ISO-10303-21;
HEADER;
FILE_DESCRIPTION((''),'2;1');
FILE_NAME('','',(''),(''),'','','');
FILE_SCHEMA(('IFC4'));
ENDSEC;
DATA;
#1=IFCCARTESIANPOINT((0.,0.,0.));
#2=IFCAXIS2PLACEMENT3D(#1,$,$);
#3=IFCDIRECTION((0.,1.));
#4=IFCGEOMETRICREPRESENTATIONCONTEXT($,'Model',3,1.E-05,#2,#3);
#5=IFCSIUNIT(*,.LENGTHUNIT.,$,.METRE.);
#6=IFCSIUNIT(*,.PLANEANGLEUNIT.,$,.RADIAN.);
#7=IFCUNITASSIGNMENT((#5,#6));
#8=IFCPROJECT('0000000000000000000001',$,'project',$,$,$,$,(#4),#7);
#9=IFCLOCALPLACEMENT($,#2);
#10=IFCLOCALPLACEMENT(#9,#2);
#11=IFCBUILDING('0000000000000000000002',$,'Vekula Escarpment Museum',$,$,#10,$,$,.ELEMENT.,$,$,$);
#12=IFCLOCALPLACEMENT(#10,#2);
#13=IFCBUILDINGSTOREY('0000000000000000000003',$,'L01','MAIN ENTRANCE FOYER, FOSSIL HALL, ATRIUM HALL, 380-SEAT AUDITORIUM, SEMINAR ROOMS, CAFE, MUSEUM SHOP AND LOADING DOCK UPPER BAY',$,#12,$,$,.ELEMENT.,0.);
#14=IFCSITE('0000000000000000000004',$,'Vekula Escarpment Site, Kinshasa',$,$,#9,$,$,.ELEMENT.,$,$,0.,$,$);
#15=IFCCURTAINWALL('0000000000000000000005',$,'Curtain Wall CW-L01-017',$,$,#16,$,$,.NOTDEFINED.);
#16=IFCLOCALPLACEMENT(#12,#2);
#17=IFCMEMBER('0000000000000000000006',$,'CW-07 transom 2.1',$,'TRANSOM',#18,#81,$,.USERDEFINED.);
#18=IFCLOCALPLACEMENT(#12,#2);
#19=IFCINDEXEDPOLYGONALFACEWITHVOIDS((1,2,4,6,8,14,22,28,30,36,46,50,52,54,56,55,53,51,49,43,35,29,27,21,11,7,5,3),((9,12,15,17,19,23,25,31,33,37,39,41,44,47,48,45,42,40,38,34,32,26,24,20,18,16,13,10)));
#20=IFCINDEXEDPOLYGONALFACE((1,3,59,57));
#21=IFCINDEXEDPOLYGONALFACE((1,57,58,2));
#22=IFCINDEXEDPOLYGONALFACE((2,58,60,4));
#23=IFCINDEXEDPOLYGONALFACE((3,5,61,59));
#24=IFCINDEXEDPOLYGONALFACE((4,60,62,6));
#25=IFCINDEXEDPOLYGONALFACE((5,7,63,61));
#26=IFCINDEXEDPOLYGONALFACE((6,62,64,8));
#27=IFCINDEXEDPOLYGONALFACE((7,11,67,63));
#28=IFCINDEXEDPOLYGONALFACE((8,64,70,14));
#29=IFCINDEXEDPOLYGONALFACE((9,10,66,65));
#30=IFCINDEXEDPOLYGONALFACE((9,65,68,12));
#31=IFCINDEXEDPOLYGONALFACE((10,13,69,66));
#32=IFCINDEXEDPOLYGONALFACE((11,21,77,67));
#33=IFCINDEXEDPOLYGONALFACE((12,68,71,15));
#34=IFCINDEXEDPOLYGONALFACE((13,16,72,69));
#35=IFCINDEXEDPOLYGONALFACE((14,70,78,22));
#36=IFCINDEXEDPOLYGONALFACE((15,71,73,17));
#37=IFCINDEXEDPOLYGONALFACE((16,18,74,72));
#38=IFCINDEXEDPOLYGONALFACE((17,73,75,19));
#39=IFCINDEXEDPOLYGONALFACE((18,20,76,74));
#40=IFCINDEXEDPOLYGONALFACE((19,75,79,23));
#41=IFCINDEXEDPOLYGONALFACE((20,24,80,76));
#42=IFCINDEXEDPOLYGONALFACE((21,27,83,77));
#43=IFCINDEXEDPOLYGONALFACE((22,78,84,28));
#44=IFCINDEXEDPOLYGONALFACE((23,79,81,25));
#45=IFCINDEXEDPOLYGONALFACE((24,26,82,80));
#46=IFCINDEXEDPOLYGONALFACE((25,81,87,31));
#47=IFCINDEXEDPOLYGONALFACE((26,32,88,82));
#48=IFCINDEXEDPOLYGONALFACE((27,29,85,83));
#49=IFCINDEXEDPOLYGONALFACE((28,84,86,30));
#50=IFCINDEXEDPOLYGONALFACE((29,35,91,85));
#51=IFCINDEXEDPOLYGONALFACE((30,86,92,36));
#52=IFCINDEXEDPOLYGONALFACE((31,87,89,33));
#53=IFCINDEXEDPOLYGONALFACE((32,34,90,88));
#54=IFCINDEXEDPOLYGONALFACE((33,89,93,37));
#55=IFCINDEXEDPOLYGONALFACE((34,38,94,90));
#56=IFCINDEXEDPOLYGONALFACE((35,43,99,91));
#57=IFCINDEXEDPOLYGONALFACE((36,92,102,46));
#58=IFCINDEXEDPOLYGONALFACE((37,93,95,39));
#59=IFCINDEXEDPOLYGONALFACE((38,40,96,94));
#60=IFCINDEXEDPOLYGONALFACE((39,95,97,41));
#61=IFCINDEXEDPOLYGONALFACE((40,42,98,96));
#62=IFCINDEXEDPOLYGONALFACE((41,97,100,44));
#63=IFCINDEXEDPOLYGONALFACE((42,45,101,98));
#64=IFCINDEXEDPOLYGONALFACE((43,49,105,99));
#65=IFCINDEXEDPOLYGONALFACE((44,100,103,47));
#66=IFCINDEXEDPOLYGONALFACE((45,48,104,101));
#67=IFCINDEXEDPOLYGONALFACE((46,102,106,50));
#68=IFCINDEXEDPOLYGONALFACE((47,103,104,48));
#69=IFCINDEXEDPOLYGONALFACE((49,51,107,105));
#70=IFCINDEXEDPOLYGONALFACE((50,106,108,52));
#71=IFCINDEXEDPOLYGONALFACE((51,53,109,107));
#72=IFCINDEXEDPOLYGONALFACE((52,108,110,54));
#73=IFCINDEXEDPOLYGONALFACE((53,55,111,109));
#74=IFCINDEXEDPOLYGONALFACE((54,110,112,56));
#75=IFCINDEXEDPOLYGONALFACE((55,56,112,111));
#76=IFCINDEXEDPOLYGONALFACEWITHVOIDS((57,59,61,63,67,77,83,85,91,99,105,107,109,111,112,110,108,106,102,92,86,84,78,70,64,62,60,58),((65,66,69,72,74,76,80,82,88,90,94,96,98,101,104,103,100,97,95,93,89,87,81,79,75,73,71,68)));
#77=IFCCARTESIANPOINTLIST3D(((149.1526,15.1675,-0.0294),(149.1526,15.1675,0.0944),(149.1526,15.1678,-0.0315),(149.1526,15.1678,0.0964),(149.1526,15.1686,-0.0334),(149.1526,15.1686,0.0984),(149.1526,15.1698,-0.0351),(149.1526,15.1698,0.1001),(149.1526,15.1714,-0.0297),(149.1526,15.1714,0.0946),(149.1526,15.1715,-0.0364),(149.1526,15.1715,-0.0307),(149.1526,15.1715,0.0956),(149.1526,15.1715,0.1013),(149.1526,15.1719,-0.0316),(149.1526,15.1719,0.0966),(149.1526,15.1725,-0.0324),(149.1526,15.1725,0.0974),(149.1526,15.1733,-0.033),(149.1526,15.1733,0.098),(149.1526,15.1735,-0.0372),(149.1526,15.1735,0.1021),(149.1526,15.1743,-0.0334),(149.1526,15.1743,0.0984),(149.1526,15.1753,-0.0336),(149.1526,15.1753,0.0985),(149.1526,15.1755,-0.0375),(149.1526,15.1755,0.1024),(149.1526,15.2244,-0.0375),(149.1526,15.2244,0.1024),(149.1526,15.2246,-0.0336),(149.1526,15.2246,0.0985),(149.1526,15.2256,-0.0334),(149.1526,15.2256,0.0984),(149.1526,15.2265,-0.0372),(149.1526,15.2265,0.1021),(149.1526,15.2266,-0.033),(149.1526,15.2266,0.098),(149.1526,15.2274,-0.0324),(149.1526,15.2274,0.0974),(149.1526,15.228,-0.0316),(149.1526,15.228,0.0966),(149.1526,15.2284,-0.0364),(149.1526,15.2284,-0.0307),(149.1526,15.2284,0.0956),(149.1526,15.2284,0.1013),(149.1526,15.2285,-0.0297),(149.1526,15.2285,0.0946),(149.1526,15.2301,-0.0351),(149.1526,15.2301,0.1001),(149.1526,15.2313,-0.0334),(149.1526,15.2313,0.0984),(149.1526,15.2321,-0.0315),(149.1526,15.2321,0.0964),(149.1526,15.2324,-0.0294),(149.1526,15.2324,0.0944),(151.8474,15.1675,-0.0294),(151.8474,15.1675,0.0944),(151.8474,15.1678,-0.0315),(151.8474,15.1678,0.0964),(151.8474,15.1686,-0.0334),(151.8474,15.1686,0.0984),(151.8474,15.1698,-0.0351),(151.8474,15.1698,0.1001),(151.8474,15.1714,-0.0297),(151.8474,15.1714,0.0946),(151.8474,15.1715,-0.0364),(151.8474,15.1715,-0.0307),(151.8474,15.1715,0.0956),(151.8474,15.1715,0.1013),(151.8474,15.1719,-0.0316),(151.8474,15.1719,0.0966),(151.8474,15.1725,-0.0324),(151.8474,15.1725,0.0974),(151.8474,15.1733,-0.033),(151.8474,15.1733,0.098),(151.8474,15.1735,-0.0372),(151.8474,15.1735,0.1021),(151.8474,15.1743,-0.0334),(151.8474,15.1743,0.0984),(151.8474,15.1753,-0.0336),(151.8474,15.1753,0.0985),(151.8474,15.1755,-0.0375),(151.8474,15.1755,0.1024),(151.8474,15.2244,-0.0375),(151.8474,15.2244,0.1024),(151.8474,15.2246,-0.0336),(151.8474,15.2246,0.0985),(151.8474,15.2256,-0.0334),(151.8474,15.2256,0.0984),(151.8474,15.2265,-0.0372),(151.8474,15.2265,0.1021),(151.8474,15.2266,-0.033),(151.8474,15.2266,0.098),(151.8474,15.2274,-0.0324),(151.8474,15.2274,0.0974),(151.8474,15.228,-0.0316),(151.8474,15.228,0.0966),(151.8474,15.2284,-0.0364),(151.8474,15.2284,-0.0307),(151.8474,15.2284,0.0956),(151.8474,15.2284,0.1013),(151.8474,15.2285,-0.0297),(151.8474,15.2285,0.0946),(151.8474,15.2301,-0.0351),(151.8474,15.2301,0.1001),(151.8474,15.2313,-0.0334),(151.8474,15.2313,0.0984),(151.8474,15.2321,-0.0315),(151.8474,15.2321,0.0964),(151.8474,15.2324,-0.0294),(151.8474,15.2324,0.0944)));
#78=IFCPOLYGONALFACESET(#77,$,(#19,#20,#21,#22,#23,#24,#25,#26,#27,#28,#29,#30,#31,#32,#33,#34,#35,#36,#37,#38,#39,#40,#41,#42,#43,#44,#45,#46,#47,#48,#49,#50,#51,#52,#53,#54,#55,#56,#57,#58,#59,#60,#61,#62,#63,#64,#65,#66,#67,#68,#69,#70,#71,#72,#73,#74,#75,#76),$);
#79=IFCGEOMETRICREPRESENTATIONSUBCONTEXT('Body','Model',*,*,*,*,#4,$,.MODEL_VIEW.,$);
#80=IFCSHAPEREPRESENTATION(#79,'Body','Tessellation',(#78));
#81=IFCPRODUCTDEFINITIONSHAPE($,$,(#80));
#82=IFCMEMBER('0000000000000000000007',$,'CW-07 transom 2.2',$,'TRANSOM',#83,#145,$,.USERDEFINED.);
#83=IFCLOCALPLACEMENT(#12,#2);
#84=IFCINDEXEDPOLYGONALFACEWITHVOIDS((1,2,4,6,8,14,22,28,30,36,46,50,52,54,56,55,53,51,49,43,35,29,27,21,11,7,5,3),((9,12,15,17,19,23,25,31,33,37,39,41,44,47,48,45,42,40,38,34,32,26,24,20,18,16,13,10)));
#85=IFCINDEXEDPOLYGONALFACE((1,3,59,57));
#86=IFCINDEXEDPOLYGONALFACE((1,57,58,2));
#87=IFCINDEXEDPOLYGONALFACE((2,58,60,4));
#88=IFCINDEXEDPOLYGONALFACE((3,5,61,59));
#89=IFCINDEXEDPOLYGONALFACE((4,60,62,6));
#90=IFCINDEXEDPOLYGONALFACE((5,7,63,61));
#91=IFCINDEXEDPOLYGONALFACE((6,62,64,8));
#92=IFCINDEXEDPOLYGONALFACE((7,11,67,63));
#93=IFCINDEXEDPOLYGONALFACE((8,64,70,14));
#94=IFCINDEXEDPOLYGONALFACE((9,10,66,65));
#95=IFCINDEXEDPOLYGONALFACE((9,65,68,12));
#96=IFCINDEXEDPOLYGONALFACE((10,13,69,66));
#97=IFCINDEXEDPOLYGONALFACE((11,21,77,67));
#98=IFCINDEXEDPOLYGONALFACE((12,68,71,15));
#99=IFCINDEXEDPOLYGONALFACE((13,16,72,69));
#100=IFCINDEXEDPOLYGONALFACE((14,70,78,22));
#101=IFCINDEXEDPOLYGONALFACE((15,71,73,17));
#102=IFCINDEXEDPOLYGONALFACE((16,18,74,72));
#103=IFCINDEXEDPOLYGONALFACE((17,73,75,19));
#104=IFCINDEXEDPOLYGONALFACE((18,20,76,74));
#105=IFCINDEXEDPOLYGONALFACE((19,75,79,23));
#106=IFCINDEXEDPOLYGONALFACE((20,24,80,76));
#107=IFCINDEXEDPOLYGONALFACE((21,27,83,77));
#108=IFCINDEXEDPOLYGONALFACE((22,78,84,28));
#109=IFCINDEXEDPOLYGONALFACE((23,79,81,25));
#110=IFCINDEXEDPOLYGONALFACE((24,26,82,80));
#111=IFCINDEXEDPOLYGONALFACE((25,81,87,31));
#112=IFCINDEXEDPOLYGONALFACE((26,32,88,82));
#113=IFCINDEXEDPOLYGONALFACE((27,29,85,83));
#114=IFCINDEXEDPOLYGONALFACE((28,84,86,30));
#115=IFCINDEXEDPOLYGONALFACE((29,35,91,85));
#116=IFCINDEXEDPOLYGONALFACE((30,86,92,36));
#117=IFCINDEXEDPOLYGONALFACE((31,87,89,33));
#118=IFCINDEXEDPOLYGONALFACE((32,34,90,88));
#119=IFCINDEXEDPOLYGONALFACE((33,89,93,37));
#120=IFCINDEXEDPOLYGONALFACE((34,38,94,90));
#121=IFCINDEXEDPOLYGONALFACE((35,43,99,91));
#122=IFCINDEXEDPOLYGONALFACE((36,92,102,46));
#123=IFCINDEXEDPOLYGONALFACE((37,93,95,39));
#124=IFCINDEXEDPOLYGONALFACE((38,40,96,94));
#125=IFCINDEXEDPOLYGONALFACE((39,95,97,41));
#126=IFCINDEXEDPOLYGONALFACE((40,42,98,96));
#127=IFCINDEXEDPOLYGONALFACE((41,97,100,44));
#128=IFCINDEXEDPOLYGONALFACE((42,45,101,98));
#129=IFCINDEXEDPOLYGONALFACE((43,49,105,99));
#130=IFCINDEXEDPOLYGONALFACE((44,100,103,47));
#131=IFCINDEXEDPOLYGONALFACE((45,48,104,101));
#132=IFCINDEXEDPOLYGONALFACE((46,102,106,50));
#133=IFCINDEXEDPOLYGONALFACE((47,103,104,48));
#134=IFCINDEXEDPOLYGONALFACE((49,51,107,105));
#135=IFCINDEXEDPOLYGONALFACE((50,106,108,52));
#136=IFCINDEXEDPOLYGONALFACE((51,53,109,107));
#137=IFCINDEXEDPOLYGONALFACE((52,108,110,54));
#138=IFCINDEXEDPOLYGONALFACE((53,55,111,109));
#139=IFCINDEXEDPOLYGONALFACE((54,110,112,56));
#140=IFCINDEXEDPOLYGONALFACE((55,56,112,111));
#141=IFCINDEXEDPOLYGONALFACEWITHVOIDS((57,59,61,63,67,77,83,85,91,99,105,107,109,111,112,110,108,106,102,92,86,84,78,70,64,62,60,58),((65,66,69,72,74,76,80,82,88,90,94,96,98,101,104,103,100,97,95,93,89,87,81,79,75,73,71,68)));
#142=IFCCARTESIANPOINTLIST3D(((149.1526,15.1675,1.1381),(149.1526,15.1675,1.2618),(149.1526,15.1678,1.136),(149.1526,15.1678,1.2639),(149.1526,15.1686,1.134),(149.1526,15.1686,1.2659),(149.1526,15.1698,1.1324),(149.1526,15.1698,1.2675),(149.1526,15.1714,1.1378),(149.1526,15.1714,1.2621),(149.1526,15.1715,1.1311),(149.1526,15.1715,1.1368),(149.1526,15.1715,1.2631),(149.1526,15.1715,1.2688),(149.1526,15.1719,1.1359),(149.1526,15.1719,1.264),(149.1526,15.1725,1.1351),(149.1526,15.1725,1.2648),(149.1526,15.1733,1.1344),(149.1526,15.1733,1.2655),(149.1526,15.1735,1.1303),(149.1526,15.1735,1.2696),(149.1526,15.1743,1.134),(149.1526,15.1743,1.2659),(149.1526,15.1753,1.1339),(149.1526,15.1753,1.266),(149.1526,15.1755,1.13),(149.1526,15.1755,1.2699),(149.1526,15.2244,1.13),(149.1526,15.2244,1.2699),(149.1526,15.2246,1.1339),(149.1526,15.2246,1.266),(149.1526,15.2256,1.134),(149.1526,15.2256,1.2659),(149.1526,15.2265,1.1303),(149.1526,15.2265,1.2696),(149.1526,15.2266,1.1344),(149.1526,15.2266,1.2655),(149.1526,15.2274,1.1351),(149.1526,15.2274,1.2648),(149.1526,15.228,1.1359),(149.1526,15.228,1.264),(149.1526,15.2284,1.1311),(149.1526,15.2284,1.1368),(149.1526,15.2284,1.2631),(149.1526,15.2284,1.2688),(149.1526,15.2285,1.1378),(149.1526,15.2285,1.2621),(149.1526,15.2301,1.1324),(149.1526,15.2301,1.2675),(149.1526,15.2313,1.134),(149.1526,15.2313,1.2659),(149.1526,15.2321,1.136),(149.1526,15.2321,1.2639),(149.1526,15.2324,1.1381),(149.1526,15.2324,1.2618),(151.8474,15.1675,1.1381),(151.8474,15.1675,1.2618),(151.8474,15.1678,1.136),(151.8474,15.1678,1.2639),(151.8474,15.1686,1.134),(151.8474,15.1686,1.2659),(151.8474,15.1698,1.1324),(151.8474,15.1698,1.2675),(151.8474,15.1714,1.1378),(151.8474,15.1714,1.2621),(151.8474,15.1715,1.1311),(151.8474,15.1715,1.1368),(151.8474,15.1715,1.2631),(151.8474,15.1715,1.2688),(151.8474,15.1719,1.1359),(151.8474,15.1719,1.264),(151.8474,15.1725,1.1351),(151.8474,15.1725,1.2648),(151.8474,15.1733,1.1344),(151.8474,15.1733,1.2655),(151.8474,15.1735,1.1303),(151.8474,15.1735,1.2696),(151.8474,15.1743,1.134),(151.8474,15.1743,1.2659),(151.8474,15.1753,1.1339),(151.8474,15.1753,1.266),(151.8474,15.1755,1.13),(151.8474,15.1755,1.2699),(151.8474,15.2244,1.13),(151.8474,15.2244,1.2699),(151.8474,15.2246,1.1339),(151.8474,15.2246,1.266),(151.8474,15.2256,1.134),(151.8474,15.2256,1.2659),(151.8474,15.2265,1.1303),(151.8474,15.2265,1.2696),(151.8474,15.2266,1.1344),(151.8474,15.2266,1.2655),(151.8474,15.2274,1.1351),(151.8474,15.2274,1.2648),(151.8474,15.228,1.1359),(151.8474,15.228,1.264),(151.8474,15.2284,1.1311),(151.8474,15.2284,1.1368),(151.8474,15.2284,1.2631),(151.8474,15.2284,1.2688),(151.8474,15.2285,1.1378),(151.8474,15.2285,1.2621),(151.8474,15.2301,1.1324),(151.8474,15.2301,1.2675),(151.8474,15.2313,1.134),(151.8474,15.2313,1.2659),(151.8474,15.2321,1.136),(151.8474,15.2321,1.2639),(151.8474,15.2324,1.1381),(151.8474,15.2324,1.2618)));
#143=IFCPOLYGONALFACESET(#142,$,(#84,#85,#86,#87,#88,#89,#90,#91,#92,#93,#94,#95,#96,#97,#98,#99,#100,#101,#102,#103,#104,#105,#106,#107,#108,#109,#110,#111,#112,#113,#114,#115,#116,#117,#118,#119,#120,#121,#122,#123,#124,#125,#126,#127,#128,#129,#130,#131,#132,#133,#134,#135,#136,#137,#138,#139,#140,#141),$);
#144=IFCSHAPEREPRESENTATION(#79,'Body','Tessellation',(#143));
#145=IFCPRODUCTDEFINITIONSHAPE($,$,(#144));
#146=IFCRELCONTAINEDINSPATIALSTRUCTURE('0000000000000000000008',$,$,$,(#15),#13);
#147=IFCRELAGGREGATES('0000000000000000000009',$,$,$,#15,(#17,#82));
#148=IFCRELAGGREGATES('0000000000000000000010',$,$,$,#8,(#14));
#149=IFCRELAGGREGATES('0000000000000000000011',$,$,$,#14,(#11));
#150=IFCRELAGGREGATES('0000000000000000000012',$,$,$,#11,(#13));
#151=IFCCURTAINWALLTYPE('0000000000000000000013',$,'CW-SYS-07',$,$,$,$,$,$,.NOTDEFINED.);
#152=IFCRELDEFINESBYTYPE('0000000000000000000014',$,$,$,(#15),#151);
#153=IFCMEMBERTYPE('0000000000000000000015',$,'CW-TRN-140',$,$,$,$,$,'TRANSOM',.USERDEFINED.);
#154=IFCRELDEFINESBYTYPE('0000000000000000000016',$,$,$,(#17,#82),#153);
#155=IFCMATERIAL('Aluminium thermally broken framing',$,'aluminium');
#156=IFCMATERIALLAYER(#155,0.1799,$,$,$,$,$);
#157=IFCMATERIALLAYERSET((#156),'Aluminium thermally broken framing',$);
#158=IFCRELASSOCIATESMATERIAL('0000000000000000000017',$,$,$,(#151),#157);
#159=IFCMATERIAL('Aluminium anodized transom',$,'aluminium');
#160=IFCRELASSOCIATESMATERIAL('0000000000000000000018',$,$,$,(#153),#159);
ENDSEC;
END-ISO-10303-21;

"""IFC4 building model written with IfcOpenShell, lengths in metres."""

from ifc_helpers import new_model, si_unit, direction, frame, origin, origin_2d, place, context, subcontext, project, spatial, hollow_rectangle, extrude, material, layer, layer_set, material_profile, profile_set, type_object, element, aggregate, save


model = new_model("IFC4")

# Units and contexts
model_context = context("Model", 3, precision=1e-05, world=origin(), true_north=direction((0.0, 1.0)))
body_context = subcontext(model_context, "Body", "Model", "MODEL_VIEW")
ifc_project = project(units=[si_unit("LENGTHUNIT", "METRE"), si_unit("PLANEANGLEUNIT", "RADIAN")], contexts=[model_context])

# Site, building, storey
site_placement = place(None, origin())
site = spatial("IfcSite", under=ifc_project, at=site_placement, Name="Vekula Escarpment Site, Kinshasa", CompositionType="ELEMENT", RefElevation=0.0)
building_placement = place(site_placement, origin())
building = spatial("IfcBuilding", under=site, at=building_placement, Name="Vekula Escarpment Museum", CompositionType="ELEMENT")
storey_placement = place(building_placement, origin())
storey = spatial("IfcBuildingStorey", under=building, at=storey_placement, Name="L01", Description="MAIN ENTRANCE FOYER, FOSSIL HALL, ATRIUM HALL, 380-SEAT AUDITORIUM, SEMINAR ROOMS, CAFE, MUSEUM SHOP AND LOADING DOCK UPPER BAY", CompositionType="ELEMENT", Elevation=0.0)

# Curtain wall
ifc_material_1 = material(Name="Aluminium thermally broken framing", Category="aluminium")
ifc_layer_1 = layer(ifc_material_1, 0.1799)
ifc_layer_set_1 = layer_set([ifc_layer_1], Name="Aluminium thermally broken framing")
curtain_wall_type_1 = type_object("IfcCurtainWallType", Name="CW-SYS-07", PredefinedType="NOTDEFINED", material=ifc_layer_set_1)
curtain_wall_1_placement = place(storey_placement, origin())
curtain_wall_1 = element("IfcCurtainWall", 1, at=curtain_wall_1_placement, inside=storey, type_object=curtain_wall_type_1, Name="Curtain Wall CW-L01-017", PredefinedType="NOTDEFINED")

# Members
ifc_material_2 = material(Name="Aluminium anodized transom", Category="aluminium")
ifc_material_profile_1 = material_profile(ifc_material_2, hollow_rectangle(XDim=0.0649, YDim=0.1399, WallThickness=0.0039, InnerFilletRadius=0.0039, OuterFilletRadius=0.0081, at=origin_2d()), Name="ALU 140x65x4")
ifc_profile_set_1 = profile_set([ifc_material_profile_1], Name="Aluminium anodized transom")
member_type_1 = type_object("IfcMemberType", Name="CW-TRN-140", ElementType="TRANSOM", PredefinedType="USERDEFINED", material=ifc_profile_set_1)
member_1_placement = place(storey_placement, frame((151.8474, 15.2, 0.0325), z_axis=(-1.0, 0.0, 0.0), x_axis=(0.0, -1.0, 0.0)))
member_1 = element("IfcMember", 2, at=member_1_placement, type_object=member_type_1, Name="CW-07 transom 2.1", ObjectType="TRANSOM", PredefinedType="USERDEFINED", context=body_context, shape_type="SweptSolid", body=[
    extrude(hollow_rectangle(XDim=0.0649, YDim=0.1399, WallThickness=0.0039, InnerFilletRadius=0.0039, OuterFilletRadius=0.0081, at=origin_2d()), origin(), (0.0, 0.0, 1.0), 2.6948),
])
member_2_placement = place(storey_placement, frame((151.8474, 15.2, 1.2), z_axis=(-1.0, 0.0, 0.0), x_axis=(0.0, -1.0, 0.0)))
member_2 = element("IfcMember", 3, at=member_2_placement, type_object=member_type_1, Name="CW-07 transom 2.2", ObjectType="TRANSOM", PredefinedType="USERDEFINED", context=body_context, shape_type="SweptSolid", body=[
    extrude(hollow_rectangle(XDim=0.0649, YDim=0.1399, WallThickness=0.0039, InnerFilletRadius=0.0039, OuterFilletRadius=0.0081, at=origin_2d()), origin(), (0.0, 0.0, 1.0), 2.6948),
])

aggregate(curtain_wall_1, [member_1, member_2])

save(model, "model.ifc")
